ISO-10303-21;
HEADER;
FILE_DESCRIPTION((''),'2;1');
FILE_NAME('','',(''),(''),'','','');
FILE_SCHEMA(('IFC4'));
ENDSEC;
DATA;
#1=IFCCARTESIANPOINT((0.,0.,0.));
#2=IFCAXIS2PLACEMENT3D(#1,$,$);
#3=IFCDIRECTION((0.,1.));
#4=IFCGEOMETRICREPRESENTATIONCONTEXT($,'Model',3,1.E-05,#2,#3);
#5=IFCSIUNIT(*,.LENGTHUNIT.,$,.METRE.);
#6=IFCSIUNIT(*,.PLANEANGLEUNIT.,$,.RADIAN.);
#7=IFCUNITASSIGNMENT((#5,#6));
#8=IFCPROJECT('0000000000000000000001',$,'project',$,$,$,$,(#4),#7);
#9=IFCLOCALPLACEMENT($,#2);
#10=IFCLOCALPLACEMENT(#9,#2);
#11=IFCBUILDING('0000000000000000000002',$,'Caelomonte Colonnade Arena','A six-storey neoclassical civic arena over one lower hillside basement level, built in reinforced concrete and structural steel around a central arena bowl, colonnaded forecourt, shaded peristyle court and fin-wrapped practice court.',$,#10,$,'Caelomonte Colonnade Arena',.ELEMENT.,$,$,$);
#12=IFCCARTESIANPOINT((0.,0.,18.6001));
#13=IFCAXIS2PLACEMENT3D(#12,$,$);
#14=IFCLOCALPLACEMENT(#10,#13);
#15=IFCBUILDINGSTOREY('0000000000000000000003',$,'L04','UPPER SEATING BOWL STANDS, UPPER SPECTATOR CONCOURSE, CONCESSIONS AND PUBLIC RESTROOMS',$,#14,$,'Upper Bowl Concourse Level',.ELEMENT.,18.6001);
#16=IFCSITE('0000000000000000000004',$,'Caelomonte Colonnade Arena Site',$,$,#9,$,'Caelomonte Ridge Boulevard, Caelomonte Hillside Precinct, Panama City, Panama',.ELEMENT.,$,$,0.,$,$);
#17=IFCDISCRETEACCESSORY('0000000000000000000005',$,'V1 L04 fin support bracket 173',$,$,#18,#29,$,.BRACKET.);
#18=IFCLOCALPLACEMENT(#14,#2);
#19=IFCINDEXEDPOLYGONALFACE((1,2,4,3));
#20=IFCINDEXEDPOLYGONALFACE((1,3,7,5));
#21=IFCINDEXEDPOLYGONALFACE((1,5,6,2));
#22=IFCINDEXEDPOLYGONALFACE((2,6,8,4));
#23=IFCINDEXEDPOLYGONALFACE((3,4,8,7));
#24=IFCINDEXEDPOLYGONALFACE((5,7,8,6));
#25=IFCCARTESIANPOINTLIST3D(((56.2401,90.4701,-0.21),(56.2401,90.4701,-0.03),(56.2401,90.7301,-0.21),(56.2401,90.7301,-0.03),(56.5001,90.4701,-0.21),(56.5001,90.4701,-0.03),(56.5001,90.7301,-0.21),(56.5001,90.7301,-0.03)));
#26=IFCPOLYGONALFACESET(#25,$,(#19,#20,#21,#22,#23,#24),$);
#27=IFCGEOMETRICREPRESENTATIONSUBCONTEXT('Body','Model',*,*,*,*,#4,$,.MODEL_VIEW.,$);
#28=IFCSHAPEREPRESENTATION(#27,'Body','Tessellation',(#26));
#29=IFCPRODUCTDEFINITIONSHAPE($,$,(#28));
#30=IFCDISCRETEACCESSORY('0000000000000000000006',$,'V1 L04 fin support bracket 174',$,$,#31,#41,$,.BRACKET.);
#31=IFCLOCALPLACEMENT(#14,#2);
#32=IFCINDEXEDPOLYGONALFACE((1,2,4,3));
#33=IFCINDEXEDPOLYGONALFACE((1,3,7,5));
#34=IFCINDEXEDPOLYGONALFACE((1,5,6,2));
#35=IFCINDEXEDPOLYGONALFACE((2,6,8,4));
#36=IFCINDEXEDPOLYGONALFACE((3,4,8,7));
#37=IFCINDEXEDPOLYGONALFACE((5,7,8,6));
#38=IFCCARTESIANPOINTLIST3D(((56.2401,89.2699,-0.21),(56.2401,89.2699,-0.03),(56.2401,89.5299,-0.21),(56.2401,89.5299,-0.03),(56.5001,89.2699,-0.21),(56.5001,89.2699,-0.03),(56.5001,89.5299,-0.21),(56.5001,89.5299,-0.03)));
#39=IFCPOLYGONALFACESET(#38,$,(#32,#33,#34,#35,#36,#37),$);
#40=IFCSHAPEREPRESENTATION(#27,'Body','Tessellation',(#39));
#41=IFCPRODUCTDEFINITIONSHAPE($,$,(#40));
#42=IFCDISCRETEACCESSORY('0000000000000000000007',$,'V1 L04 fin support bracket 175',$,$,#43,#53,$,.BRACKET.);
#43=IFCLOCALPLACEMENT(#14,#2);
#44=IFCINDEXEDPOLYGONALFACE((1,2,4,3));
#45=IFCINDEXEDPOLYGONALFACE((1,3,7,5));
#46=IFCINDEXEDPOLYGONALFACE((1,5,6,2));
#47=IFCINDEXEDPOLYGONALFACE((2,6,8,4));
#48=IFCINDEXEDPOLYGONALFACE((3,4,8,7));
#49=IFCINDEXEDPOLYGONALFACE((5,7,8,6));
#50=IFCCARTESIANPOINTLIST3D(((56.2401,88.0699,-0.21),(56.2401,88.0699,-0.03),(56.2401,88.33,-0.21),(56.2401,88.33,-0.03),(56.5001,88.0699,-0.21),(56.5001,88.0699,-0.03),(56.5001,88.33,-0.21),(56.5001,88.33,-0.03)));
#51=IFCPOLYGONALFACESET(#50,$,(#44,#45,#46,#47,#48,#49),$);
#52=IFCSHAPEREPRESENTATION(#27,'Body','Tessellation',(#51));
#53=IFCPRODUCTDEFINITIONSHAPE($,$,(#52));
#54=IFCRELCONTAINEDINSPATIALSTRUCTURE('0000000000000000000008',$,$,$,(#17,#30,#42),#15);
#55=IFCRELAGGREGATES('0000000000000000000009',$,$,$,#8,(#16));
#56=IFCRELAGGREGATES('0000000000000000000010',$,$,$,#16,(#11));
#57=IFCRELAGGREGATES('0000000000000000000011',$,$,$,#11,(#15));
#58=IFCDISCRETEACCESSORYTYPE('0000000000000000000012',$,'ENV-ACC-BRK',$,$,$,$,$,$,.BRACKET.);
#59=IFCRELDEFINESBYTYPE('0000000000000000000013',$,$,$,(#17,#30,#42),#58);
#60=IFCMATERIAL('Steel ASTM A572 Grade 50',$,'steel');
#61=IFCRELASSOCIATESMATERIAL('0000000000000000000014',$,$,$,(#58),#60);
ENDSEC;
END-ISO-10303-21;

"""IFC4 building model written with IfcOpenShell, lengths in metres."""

from ifc_helpers import new_model, si_unit, direction, frame, origin, origin_2d, place, context, subcontext, project, spatial, rectangle, extrude, material, type_object, element, save


model = new_model("IFC4")

# Units and contexts
model_context = context("Model", 3, precision=1e-05, world=origin(), true_north=direction((0.0, 1.0)))
body_context = subcontext(model_context, "Body", "Model", "MODEL_VIEW")
ifc_project = project(units=[si_unit("LENGTHUNIT", "METRE"), si_unit("PLANEANGLEUNIT", "RADIAN")], contexts=[model_context])

# Site, building, storey
site_placement = place(None, origin())
site = spatial("IfcSite", under=ifc_project, at=site_placement, Name="Caelomonte Colonnade Arena Site", LongName="Caelomonte Ridge Boulevard, Caelomonte Hillside Precinct, Panama City, Panama", CompositionType="ELEMENT", RefElevation=0.0)
building_placement = place(site_placement, origin())
building = spatial("IfcBuilding", under=site, at=building_placement, Name="Caelomonte Colonnade Arena", Description="A six-storey neoclassical civic arena over one lower hillside basement level, built in reinforced concrete and structural steel around a central arena bowl, colonnaded forecourt, shaded peristyle court and fin-wrapped practice court.", LongName="Caelomonte Colonnade Arena", CompositionType="ELEMENT")
storey_placement = place(building_placement, frame((0.0, 0.0, 18.6001)))
storey = spatial("IfcBuildingStorey", under=building, at=storey_placement, Name="L04", Description="UPPER SEATING BOWL STANDS, UPPER SPECTATOR CONCOURSE, CONCESSIONS AND PUBLIC RESTROOMS", LongName="Upper Bowl Concourse Level", CompositionType="ELEMENT", Elevation=18.6001)

# Discrete accessories
ifc_material_1 = material(Name="Steel ASTM A572 Grade 50", Category="steel")
discrete_accessory_type = type_object("IfcDiscreteAccessoryType", Name="ENV-ACC-BRK", PredefinedType="BRACKET", material=ifc_material_1)
for number, where, z_axis, x_axis, name in (
    (1, (56.3701, 90.6001, -0.21), (0.0, 0.0, 1.0), (0.0, -1.0, 0.0), "V1 L04 fin support bracket 173"),
    (2, (56.3701, 89.3999, -0.21), (0.0, 0.0, 1.0), (0.0, -1.0, 0.0), "V1 L04 fin support bracket 174"),
    (3, (56.3701, 88.2, -0.21), (0.0, 0.0, 1.0), (0.0, -1.0, 0.0), "V1 L04 fin support bracket 175"),
):
    element("IfcDiscreteAccessory", number, at=place(storey_placement, frame(where, z_axis=z_axis, x_axis=x_axis)), inside=storey, type_object=discrete_accessory_type, Name=name, PredefinedType="BRACKET", context=body_context, shape_type="SweptSolid", body=[
        extrude(rectangle(XDim=0.26, YDim=0.26, at=origin_2d()), origin(), (0.0, 0.0, 1.0), 0.1799),
    ])

save(model, "model.ifc")
